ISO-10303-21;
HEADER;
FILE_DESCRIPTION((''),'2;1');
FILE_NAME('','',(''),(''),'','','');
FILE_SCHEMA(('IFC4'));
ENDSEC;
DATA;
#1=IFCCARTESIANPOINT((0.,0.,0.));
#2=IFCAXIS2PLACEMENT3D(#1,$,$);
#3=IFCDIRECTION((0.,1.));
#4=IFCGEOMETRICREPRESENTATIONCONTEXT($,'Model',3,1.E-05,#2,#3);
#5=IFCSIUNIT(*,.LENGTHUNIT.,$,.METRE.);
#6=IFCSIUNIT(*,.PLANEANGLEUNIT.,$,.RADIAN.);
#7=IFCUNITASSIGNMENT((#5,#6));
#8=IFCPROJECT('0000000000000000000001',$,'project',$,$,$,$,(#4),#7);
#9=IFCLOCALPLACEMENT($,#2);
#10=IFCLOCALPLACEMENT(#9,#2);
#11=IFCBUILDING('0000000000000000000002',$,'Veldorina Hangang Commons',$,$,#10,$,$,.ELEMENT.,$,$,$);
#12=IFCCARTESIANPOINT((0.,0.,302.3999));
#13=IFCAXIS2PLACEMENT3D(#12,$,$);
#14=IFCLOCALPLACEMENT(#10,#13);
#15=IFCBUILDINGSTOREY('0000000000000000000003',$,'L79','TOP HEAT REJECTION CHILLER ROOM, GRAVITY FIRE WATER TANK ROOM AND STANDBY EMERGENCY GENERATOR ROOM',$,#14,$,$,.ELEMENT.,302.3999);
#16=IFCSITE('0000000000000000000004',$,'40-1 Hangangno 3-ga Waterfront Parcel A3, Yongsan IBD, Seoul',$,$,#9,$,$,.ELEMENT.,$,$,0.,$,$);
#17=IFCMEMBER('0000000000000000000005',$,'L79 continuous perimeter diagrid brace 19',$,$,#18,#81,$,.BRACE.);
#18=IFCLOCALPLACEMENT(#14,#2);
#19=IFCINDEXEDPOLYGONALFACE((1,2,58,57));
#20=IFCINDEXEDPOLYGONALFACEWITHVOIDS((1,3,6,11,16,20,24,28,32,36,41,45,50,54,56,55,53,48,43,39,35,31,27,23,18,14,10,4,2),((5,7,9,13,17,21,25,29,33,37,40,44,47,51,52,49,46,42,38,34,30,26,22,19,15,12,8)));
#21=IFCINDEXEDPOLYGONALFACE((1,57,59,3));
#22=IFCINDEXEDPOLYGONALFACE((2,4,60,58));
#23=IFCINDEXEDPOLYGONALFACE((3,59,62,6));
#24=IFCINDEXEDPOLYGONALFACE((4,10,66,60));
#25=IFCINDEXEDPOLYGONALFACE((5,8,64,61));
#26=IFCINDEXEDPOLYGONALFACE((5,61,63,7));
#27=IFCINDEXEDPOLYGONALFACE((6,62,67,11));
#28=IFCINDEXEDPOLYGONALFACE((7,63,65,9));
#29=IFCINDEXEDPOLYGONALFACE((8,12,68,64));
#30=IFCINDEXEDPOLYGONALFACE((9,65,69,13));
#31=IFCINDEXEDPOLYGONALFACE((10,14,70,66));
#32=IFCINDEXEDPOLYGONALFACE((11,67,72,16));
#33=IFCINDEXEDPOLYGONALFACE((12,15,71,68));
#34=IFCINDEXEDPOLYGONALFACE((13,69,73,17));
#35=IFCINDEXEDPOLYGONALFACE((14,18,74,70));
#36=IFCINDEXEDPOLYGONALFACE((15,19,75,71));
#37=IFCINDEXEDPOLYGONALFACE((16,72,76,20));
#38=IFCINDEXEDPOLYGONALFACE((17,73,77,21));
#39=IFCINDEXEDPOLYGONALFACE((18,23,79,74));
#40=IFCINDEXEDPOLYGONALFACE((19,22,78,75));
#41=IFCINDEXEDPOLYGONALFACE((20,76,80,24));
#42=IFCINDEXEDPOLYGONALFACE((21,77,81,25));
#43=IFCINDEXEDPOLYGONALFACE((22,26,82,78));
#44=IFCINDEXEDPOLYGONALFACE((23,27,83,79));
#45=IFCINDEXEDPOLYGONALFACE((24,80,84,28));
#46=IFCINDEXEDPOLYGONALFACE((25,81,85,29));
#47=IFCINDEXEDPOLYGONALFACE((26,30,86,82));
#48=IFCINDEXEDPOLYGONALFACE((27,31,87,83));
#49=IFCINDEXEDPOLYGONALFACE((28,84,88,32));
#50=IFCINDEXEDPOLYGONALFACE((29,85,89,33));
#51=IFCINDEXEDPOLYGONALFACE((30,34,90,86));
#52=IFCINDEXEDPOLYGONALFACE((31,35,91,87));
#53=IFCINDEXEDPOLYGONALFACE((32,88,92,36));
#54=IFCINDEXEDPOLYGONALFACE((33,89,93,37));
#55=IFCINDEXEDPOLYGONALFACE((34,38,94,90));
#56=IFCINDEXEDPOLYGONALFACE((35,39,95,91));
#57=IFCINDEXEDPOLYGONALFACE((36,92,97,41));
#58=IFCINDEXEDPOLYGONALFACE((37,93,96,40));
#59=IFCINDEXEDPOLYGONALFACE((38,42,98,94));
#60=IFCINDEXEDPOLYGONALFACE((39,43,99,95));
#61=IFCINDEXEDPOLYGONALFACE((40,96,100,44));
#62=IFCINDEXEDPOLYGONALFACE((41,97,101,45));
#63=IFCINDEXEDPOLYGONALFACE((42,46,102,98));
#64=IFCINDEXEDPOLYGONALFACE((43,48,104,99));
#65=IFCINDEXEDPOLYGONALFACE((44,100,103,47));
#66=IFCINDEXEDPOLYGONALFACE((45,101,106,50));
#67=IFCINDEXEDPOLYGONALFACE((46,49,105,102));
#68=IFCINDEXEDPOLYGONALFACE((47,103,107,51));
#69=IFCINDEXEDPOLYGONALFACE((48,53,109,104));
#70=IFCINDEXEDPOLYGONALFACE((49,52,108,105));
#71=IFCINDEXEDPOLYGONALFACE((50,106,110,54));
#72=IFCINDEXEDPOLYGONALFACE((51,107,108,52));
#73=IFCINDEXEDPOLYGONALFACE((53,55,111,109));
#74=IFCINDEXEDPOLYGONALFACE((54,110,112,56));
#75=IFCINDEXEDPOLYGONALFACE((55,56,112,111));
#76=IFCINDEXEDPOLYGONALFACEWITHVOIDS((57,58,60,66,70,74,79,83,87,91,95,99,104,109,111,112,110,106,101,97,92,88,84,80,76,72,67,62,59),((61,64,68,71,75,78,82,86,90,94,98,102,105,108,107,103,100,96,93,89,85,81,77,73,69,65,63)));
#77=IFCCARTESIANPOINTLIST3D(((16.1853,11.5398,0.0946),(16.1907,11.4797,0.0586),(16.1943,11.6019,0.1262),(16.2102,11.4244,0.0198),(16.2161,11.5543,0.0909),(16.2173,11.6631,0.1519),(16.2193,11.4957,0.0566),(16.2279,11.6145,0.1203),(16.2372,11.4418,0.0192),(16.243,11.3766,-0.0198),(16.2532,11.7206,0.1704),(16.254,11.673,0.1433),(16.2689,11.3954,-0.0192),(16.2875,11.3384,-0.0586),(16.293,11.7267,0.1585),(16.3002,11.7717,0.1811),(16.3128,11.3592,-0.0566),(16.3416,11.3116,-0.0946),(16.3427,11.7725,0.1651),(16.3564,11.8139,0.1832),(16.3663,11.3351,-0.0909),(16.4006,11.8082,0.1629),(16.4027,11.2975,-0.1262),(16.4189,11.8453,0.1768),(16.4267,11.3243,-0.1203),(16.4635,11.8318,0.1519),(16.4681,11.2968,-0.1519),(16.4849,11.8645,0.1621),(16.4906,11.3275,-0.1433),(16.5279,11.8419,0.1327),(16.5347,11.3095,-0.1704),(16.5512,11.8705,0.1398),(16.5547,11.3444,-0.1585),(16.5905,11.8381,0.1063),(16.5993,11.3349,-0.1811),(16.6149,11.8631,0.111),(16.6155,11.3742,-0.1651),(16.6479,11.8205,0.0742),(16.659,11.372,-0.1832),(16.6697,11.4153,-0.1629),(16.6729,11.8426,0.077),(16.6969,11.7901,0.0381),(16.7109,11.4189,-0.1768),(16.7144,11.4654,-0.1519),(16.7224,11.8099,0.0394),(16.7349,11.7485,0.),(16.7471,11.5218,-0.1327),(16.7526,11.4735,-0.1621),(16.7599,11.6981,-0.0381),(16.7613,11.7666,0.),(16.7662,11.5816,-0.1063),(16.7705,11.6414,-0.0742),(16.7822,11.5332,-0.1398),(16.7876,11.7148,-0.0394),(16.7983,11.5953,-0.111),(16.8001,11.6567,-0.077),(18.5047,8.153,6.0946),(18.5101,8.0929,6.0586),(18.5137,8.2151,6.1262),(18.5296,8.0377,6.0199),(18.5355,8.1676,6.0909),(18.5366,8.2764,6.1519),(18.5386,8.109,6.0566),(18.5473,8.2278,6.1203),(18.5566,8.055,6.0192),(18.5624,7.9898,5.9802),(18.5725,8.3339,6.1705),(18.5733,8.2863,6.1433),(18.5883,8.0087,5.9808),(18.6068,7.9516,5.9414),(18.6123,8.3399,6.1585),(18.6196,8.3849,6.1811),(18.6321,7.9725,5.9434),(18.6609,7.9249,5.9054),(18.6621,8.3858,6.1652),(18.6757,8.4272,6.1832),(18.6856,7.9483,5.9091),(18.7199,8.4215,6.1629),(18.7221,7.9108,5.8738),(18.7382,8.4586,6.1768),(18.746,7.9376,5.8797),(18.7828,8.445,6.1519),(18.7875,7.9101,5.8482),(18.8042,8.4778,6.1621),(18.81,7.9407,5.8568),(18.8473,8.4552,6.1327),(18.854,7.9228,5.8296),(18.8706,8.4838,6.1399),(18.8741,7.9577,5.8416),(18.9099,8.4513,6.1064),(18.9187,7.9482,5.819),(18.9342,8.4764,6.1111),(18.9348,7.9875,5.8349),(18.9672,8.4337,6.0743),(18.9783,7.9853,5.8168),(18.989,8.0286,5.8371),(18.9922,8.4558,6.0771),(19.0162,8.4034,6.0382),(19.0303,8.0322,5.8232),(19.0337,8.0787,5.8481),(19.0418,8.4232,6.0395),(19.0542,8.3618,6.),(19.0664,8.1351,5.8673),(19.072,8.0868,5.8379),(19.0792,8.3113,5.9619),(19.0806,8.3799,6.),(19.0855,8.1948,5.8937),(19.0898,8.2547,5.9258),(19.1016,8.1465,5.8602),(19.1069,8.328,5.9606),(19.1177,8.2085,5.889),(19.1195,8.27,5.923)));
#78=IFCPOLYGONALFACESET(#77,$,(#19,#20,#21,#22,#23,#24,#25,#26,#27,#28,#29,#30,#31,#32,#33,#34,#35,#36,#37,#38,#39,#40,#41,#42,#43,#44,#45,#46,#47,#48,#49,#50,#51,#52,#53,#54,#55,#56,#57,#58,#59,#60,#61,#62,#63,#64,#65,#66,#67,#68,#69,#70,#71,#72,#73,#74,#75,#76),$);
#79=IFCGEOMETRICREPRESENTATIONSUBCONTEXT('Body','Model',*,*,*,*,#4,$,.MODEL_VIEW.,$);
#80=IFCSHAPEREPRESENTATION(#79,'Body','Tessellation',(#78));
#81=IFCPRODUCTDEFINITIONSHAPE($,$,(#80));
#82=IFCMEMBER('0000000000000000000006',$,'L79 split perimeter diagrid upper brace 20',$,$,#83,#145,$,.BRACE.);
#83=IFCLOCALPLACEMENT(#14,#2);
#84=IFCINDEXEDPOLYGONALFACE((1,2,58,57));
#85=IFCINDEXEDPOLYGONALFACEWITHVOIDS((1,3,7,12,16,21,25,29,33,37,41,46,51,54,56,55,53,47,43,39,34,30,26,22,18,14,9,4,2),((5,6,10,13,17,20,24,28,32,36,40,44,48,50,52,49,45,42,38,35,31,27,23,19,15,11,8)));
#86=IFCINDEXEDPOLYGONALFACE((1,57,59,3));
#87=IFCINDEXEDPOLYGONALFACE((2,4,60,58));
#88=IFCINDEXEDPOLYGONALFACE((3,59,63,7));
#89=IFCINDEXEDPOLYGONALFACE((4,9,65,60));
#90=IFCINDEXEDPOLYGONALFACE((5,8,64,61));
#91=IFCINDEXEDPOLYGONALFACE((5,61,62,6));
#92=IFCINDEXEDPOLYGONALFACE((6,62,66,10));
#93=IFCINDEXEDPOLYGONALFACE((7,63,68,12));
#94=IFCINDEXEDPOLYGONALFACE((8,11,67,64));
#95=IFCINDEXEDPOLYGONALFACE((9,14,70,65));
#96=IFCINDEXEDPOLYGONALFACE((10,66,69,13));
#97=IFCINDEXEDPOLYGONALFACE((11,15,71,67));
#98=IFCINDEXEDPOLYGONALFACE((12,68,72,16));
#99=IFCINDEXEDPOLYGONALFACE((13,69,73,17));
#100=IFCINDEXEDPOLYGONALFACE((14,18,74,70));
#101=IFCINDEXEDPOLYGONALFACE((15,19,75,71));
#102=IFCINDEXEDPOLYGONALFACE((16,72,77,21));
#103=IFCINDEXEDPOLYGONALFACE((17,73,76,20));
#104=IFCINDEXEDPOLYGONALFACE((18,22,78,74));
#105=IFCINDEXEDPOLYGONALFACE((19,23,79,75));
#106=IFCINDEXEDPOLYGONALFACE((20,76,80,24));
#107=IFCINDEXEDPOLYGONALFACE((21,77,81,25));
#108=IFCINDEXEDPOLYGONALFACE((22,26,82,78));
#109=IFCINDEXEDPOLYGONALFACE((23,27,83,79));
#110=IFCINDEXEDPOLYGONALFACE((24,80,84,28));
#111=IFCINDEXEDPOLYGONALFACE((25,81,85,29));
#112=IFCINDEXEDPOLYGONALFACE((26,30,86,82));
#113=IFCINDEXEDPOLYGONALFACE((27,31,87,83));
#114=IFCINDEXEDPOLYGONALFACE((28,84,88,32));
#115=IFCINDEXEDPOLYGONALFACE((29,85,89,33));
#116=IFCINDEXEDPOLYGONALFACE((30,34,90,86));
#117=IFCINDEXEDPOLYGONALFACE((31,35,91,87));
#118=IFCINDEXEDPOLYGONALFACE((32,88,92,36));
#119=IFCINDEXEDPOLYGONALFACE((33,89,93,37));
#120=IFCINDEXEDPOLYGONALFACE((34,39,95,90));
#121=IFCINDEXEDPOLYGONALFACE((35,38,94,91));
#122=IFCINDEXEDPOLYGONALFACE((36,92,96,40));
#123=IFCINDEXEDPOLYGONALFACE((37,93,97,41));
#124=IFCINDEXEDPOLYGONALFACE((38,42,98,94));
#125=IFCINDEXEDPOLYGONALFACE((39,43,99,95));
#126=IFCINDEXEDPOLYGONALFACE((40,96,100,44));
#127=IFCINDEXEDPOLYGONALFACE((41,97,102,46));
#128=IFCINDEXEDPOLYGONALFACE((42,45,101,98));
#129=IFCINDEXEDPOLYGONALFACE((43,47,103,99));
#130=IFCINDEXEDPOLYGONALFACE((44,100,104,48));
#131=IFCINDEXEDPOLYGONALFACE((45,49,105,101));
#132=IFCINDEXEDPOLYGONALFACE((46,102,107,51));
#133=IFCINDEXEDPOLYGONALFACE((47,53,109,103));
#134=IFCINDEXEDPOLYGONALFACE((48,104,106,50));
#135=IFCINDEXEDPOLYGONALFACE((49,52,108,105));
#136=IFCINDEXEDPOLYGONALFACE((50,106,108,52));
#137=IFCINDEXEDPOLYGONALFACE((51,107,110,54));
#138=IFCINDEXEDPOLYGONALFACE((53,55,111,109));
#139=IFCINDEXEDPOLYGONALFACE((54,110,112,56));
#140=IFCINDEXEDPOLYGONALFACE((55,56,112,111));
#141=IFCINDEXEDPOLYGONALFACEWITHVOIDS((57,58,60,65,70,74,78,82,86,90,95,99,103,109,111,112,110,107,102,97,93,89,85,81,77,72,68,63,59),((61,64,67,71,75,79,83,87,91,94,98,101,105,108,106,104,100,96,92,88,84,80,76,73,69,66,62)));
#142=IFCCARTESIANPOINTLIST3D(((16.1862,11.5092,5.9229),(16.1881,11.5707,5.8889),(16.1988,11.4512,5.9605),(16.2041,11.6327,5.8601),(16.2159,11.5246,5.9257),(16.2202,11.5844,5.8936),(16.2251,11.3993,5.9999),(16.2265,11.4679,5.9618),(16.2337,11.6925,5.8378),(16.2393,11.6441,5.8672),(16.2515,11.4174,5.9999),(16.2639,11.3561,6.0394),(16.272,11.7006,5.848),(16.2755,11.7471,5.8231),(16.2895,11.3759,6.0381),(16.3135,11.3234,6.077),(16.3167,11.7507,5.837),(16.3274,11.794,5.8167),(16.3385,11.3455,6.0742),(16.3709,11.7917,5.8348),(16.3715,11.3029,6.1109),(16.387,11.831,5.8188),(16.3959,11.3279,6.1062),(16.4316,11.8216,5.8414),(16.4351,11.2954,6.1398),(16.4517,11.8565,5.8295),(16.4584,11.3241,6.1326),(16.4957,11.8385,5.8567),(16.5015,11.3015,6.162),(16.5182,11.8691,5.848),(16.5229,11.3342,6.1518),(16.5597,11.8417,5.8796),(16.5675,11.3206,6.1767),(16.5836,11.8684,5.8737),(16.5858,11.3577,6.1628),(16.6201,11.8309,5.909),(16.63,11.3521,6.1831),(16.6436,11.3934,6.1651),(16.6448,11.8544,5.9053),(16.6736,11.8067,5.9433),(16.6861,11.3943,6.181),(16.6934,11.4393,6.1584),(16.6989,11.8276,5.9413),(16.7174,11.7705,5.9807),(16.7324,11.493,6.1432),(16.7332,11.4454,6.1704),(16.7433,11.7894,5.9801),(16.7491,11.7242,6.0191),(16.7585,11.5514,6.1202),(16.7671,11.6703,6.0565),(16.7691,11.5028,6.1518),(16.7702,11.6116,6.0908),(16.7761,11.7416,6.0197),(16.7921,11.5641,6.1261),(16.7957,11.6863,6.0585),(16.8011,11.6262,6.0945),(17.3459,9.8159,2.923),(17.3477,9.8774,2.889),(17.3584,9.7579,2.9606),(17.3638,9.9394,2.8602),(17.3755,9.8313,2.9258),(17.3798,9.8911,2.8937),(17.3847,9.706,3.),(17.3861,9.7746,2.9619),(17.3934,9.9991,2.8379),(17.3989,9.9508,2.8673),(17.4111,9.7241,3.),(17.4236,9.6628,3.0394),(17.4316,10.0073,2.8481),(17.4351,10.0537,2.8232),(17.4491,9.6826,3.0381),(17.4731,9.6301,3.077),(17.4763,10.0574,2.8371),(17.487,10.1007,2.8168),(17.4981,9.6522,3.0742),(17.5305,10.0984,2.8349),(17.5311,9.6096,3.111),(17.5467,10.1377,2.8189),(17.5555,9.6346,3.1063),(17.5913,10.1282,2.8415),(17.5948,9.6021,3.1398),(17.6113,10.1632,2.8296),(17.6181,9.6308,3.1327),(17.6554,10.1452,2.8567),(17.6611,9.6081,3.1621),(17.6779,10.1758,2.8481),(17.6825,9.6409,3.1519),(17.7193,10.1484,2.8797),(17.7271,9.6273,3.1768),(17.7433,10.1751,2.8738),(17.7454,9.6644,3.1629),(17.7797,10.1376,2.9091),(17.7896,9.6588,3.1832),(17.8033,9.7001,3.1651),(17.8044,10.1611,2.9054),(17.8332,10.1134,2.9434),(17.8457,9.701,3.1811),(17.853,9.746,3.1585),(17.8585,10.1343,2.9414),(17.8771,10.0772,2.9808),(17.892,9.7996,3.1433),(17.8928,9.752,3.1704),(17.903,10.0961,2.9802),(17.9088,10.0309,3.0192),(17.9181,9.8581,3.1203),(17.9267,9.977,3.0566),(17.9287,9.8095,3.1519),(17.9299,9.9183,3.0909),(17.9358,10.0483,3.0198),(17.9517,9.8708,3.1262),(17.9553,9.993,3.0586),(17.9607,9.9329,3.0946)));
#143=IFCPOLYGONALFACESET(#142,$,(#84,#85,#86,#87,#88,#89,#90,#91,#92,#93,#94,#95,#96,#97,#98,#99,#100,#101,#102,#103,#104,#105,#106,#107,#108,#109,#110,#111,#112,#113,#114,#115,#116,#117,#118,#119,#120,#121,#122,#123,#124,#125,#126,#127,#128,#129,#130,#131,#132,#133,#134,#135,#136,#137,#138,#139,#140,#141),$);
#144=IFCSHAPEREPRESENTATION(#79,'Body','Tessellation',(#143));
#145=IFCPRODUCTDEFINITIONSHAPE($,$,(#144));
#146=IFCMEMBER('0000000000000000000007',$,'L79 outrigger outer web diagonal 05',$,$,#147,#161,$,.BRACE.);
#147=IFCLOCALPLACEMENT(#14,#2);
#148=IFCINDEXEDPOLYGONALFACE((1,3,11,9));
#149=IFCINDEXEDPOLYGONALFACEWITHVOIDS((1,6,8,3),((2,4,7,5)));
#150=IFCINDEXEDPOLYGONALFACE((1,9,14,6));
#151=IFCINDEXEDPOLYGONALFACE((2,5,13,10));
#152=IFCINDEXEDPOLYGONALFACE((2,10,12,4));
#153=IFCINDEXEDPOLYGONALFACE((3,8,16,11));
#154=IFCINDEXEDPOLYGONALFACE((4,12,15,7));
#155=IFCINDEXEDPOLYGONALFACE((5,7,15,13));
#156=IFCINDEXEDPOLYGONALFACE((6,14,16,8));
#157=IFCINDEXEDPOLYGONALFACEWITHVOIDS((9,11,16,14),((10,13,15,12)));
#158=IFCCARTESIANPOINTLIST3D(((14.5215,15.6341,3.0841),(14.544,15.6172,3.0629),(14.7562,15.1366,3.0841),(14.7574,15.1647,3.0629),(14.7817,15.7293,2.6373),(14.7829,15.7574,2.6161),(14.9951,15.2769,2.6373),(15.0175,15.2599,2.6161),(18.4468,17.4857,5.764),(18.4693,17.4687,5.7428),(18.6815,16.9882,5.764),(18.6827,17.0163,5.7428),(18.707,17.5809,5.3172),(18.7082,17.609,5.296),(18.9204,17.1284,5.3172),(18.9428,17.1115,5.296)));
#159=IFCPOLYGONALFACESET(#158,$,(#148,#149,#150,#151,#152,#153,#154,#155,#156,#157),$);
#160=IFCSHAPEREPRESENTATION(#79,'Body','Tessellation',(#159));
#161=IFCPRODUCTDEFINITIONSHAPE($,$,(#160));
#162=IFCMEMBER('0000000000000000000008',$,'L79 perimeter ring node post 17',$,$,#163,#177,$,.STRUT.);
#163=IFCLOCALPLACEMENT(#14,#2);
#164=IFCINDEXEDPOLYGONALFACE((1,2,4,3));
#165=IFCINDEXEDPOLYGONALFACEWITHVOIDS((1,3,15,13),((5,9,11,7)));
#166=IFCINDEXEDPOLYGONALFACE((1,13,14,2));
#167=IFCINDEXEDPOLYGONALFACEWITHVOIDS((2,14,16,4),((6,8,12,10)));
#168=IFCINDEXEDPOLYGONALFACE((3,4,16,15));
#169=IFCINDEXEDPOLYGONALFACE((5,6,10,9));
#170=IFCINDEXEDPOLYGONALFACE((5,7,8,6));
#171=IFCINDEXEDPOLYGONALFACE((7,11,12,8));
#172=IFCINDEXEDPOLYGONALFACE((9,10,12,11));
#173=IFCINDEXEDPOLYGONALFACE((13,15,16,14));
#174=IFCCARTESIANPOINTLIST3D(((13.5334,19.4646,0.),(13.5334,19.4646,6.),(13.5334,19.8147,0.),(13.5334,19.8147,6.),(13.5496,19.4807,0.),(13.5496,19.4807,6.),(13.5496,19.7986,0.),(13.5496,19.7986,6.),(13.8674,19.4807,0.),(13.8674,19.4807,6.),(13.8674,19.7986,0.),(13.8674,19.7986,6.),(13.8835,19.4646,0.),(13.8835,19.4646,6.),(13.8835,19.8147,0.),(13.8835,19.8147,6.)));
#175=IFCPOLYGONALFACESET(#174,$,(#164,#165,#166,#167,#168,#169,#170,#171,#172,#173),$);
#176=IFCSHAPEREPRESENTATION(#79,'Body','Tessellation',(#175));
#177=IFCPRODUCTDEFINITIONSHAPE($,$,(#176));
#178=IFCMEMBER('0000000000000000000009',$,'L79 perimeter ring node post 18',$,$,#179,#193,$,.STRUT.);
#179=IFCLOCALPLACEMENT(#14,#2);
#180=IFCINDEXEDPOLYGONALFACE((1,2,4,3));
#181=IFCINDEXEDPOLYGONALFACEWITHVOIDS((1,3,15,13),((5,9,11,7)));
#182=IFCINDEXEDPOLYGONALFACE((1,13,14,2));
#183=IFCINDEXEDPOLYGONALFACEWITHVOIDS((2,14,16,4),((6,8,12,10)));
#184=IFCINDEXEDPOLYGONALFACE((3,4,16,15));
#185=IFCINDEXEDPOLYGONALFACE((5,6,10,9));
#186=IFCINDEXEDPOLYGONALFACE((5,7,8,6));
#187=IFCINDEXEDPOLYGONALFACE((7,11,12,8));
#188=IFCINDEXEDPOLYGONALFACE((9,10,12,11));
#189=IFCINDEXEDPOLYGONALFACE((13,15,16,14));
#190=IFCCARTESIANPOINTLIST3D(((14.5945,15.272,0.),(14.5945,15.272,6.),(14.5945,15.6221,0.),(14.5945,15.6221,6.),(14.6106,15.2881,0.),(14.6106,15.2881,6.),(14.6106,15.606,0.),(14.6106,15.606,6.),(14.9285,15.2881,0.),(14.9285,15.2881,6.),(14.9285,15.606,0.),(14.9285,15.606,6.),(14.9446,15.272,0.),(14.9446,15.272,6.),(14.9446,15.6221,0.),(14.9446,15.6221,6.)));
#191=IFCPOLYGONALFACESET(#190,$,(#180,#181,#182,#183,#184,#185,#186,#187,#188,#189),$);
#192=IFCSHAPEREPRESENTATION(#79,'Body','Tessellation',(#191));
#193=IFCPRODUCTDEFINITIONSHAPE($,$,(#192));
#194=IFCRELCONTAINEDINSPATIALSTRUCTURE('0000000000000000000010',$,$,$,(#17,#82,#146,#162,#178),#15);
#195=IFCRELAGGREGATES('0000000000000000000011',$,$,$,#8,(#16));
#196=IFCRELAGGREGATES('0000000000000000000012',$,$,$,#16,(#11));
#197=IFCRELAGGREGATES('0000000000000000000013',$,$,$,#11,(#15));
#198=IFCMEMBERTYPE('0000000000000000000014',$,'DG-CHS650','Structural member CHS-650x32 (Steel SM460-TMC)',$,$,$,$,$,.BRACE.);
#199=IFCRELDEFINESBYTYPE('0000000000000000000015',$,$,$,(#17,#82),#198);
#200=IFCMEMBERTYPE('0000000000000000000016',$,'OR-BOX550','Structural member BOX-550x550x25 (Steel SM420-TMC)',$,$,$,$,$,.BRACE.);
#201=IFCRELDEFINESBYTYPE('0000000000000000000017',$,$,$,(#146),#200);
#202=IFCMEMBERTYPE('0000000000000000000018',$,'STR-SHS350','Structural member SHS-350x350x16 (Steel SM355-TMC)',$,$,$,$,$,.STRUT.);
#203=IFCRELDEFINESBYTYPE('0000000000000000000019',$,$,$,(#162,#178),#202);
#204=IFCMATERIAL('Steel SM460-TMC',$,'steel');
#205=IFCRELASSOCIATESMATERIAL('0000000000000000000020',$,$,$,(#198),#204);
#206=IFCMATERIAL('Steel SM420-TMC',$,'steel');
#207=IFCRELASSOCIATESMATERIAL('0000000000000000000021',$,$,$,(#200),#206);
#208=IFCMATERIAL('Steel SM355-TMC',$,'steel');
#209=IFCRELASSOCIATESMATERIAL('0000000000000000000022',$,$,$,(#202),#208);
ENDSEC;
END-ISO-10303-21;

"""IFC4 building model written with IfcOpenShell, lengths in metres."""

from ifc_helpers import new_model, si_unit, direction, frame, origin, origin_2d, place, context, subcontext, project, spatial, hollow_rectangle, hollow_circle, extrude, material, material_profile, profile_set, type_object, element, save


model = new_model("IFC4")

# Units and contexts
model_context = context("Model", 3, precision=1e-05, world=origin(), true_north=direction((0.0, 1.0)))
body_context = subcontext(model_context, "Body", "Model", "MODEL_VIEW")
ifc_project = project(units=[si_unit("LENGTHUNIT", "METRE"), si_unit("PLANEANGLEUNIT", "RADIAN")], contexts=[model_context])

# Site, building, storey
site_placement = place(None, origin())
site = spatial("IfcSite", under=ifc_project, at=site_placement, Name="40-1 Hangangno 3-ga Waterfront Parcel A3, Yongsan IBD, Seoul", CompositionType="ELEMENT", RefElevation=0.0)
building_placement = place(site_placement, origin())
building = spatial("IfcBuilding", under=site, at=building_placement, Name="Veldorina Hangang Commons", CompositionType="ELEMENT")
storey_placement = place(building_placement, frame((0.0, 0.0, 302.3999)))
storey = spatial("IfcBuildingStorey", under=building, at=storey_placement, Name="L79", Description="TOP HEAT REJECTION CHILLER ROOM, GRAVITY FIRE WATER TANK ROOM AND STANDBY EMERGENCY GENERATOR ROOM", CompositionType="ELEMENT", Elevation=302.3999)

# Shared definitions
ifc_material_1 = material(Name="Steel SM460-TMC", Category="steel")

# Members
ifc_material_profile_1 = material_profile(ifc_material_1, hollow_circle(Radius=0.325, WallThickness=0.032, at=origin_2d()), Name="CHS-650x32")
ifc_profile_set_1 = profile_set([ifc_material_profile_1], Name="Steel SM460-TMC")
member_type_1 = type_object("IfcMemberType", Name="DG-CHS650", Description="Structural member CHS-650x32 (Steel SM460-TMC)", PredefinedType="BRACE", material=ifc_profile_set_1)
member_1_placement = place(storey_placement, frame((16.4932, 11.583, 0.0), z_axis=(0.31904, -0.465865, 0.825339), x_axis=(0.825068, 0.565034, 0.0)))
element("IfcMember", 1, at=member_1_placement, inside=storey, type_object=member_type_1, Name="L79 continuous perimeter diagrid brace 19", PredefinedType="BRACE", context=body_context, shape_type="SweptSolid", body=[
    extrude(hollow_circle(Radius=0.325, WallThickness=0.032, at=origin_2d()), origin(), (0.0, 0.0, 1.0), 7.2698),
])
member_2_placement = place(storey_placement, frame((17.6528, 9.8896, 3.0), z_axis=(-0.31904, 0.465865, 0.825339), x_axis=(-0.825068, -0.565034, 0.0)))
element("IfcMember", 2, at=member_2_placement, inside=storey, type_object=member_type_1, Name="L79 split perimeter diagrid upper brace 20", PredefinedType="BRACE", context=body_context, shape_type="SweptSolid", body=[
    extrude(hollow_circle(Radius=0.325, WallThickness=0.032, at=origin_2d()), origin(), (0.0, 0.0, 1.0), 3.6348),
])
ifc_material_2 = material(Name="Steel SM420-TMC", Category="steel")
ifc_material_profile_2 = material_profile(ifc_material_2, hollow_rectangle(XDim=0.55, YDim=0.55, WallThickness=0.0249, at=origin_2d()), Name="BOX-550x550x25")
ifc_profile_set_2 = profile_set([ifc_material_profile_2], Name="Steel SM420-TMC")
member_type_2 = type_object("IfcMemberType", Name="OR-BOX550", Description="Structural member BOX-550x550x25 (Steel SM420-TMC)", PredefinedType="BRACE", material=ifc_profile_set_2)
member_3_placement = place(storey_placement, frame((18.6948, 17.2986, 5.53), z_axis=(-0.769543, -0.362994, -0.525394), x_axis=(0.42662, -0.904431, 0.0)))
element("IfcMember", 3, at=member_3_placement, inside=storey, type_object=member_type_2, Name="L79 outrigger outer web diagonal 05", PredefinedType="BRACE", context=body_context, shape_type="SweptSolid", body=[
    extrude(hollow_rectangle(XDim=0.55, YDim=0.55, WallThickness=0.0249, at=origin_2d()), origin(), (0.0, 0.0, 1.0), 5.1008),
])
ifc_material_3 = material(Name="Steel SM355-TMC", Category="steel")
ifc_material_profile_3 = material_profile(ifc_material_3, hollow_rectangle(XDim=0.3501, YDim=0.3501, WallThickness=0.0161, at=origin_2d()), Name="SHS-350x350x16")
ifc_profile_set_3 = profile_set([ifc_material_profile_3], Name="Steel SM355-TMC")
member_type_3 = type_object("IfcMemberType", Name="STR-SHS350", Description="Structural member SHS-350x350x16 (Steel SM355-TMC)", PredefinedType="STRUT", material=ifc_profile_set_3)
for number, where, z_axis, x_axis, name in (
    (4, (13.7085, 19.6396, 0.0), (0.0, 0.0, 1.0), (1.0, 0.0, 0.0), "L79 perimeter ring node post 17"),
    (5, (14.7695, 15.447, 0.0), (0.0, 0.0, 1.0), (1.0, 0.0, 0.0), "L79 perimeter ring node post 18"),
):
    element("IfcMember", number, at=place(storey_placement, frame(where, z_axis=z_axis, x_axis=x_axis)), inside=storey, type_object=member_type_3, Name=name, PredefinedType="STRUT", context=body_context, shape_type="SweptSolid", body=[
        extrude(hollow_rectangle(XDim=0.3501, YDim=0.3501, WallThickness=0.0161, at=origin_2d()), origin(), (0.0, 0.0, 1.0), 6.0),
    ])

save(model, "model.ifc")
